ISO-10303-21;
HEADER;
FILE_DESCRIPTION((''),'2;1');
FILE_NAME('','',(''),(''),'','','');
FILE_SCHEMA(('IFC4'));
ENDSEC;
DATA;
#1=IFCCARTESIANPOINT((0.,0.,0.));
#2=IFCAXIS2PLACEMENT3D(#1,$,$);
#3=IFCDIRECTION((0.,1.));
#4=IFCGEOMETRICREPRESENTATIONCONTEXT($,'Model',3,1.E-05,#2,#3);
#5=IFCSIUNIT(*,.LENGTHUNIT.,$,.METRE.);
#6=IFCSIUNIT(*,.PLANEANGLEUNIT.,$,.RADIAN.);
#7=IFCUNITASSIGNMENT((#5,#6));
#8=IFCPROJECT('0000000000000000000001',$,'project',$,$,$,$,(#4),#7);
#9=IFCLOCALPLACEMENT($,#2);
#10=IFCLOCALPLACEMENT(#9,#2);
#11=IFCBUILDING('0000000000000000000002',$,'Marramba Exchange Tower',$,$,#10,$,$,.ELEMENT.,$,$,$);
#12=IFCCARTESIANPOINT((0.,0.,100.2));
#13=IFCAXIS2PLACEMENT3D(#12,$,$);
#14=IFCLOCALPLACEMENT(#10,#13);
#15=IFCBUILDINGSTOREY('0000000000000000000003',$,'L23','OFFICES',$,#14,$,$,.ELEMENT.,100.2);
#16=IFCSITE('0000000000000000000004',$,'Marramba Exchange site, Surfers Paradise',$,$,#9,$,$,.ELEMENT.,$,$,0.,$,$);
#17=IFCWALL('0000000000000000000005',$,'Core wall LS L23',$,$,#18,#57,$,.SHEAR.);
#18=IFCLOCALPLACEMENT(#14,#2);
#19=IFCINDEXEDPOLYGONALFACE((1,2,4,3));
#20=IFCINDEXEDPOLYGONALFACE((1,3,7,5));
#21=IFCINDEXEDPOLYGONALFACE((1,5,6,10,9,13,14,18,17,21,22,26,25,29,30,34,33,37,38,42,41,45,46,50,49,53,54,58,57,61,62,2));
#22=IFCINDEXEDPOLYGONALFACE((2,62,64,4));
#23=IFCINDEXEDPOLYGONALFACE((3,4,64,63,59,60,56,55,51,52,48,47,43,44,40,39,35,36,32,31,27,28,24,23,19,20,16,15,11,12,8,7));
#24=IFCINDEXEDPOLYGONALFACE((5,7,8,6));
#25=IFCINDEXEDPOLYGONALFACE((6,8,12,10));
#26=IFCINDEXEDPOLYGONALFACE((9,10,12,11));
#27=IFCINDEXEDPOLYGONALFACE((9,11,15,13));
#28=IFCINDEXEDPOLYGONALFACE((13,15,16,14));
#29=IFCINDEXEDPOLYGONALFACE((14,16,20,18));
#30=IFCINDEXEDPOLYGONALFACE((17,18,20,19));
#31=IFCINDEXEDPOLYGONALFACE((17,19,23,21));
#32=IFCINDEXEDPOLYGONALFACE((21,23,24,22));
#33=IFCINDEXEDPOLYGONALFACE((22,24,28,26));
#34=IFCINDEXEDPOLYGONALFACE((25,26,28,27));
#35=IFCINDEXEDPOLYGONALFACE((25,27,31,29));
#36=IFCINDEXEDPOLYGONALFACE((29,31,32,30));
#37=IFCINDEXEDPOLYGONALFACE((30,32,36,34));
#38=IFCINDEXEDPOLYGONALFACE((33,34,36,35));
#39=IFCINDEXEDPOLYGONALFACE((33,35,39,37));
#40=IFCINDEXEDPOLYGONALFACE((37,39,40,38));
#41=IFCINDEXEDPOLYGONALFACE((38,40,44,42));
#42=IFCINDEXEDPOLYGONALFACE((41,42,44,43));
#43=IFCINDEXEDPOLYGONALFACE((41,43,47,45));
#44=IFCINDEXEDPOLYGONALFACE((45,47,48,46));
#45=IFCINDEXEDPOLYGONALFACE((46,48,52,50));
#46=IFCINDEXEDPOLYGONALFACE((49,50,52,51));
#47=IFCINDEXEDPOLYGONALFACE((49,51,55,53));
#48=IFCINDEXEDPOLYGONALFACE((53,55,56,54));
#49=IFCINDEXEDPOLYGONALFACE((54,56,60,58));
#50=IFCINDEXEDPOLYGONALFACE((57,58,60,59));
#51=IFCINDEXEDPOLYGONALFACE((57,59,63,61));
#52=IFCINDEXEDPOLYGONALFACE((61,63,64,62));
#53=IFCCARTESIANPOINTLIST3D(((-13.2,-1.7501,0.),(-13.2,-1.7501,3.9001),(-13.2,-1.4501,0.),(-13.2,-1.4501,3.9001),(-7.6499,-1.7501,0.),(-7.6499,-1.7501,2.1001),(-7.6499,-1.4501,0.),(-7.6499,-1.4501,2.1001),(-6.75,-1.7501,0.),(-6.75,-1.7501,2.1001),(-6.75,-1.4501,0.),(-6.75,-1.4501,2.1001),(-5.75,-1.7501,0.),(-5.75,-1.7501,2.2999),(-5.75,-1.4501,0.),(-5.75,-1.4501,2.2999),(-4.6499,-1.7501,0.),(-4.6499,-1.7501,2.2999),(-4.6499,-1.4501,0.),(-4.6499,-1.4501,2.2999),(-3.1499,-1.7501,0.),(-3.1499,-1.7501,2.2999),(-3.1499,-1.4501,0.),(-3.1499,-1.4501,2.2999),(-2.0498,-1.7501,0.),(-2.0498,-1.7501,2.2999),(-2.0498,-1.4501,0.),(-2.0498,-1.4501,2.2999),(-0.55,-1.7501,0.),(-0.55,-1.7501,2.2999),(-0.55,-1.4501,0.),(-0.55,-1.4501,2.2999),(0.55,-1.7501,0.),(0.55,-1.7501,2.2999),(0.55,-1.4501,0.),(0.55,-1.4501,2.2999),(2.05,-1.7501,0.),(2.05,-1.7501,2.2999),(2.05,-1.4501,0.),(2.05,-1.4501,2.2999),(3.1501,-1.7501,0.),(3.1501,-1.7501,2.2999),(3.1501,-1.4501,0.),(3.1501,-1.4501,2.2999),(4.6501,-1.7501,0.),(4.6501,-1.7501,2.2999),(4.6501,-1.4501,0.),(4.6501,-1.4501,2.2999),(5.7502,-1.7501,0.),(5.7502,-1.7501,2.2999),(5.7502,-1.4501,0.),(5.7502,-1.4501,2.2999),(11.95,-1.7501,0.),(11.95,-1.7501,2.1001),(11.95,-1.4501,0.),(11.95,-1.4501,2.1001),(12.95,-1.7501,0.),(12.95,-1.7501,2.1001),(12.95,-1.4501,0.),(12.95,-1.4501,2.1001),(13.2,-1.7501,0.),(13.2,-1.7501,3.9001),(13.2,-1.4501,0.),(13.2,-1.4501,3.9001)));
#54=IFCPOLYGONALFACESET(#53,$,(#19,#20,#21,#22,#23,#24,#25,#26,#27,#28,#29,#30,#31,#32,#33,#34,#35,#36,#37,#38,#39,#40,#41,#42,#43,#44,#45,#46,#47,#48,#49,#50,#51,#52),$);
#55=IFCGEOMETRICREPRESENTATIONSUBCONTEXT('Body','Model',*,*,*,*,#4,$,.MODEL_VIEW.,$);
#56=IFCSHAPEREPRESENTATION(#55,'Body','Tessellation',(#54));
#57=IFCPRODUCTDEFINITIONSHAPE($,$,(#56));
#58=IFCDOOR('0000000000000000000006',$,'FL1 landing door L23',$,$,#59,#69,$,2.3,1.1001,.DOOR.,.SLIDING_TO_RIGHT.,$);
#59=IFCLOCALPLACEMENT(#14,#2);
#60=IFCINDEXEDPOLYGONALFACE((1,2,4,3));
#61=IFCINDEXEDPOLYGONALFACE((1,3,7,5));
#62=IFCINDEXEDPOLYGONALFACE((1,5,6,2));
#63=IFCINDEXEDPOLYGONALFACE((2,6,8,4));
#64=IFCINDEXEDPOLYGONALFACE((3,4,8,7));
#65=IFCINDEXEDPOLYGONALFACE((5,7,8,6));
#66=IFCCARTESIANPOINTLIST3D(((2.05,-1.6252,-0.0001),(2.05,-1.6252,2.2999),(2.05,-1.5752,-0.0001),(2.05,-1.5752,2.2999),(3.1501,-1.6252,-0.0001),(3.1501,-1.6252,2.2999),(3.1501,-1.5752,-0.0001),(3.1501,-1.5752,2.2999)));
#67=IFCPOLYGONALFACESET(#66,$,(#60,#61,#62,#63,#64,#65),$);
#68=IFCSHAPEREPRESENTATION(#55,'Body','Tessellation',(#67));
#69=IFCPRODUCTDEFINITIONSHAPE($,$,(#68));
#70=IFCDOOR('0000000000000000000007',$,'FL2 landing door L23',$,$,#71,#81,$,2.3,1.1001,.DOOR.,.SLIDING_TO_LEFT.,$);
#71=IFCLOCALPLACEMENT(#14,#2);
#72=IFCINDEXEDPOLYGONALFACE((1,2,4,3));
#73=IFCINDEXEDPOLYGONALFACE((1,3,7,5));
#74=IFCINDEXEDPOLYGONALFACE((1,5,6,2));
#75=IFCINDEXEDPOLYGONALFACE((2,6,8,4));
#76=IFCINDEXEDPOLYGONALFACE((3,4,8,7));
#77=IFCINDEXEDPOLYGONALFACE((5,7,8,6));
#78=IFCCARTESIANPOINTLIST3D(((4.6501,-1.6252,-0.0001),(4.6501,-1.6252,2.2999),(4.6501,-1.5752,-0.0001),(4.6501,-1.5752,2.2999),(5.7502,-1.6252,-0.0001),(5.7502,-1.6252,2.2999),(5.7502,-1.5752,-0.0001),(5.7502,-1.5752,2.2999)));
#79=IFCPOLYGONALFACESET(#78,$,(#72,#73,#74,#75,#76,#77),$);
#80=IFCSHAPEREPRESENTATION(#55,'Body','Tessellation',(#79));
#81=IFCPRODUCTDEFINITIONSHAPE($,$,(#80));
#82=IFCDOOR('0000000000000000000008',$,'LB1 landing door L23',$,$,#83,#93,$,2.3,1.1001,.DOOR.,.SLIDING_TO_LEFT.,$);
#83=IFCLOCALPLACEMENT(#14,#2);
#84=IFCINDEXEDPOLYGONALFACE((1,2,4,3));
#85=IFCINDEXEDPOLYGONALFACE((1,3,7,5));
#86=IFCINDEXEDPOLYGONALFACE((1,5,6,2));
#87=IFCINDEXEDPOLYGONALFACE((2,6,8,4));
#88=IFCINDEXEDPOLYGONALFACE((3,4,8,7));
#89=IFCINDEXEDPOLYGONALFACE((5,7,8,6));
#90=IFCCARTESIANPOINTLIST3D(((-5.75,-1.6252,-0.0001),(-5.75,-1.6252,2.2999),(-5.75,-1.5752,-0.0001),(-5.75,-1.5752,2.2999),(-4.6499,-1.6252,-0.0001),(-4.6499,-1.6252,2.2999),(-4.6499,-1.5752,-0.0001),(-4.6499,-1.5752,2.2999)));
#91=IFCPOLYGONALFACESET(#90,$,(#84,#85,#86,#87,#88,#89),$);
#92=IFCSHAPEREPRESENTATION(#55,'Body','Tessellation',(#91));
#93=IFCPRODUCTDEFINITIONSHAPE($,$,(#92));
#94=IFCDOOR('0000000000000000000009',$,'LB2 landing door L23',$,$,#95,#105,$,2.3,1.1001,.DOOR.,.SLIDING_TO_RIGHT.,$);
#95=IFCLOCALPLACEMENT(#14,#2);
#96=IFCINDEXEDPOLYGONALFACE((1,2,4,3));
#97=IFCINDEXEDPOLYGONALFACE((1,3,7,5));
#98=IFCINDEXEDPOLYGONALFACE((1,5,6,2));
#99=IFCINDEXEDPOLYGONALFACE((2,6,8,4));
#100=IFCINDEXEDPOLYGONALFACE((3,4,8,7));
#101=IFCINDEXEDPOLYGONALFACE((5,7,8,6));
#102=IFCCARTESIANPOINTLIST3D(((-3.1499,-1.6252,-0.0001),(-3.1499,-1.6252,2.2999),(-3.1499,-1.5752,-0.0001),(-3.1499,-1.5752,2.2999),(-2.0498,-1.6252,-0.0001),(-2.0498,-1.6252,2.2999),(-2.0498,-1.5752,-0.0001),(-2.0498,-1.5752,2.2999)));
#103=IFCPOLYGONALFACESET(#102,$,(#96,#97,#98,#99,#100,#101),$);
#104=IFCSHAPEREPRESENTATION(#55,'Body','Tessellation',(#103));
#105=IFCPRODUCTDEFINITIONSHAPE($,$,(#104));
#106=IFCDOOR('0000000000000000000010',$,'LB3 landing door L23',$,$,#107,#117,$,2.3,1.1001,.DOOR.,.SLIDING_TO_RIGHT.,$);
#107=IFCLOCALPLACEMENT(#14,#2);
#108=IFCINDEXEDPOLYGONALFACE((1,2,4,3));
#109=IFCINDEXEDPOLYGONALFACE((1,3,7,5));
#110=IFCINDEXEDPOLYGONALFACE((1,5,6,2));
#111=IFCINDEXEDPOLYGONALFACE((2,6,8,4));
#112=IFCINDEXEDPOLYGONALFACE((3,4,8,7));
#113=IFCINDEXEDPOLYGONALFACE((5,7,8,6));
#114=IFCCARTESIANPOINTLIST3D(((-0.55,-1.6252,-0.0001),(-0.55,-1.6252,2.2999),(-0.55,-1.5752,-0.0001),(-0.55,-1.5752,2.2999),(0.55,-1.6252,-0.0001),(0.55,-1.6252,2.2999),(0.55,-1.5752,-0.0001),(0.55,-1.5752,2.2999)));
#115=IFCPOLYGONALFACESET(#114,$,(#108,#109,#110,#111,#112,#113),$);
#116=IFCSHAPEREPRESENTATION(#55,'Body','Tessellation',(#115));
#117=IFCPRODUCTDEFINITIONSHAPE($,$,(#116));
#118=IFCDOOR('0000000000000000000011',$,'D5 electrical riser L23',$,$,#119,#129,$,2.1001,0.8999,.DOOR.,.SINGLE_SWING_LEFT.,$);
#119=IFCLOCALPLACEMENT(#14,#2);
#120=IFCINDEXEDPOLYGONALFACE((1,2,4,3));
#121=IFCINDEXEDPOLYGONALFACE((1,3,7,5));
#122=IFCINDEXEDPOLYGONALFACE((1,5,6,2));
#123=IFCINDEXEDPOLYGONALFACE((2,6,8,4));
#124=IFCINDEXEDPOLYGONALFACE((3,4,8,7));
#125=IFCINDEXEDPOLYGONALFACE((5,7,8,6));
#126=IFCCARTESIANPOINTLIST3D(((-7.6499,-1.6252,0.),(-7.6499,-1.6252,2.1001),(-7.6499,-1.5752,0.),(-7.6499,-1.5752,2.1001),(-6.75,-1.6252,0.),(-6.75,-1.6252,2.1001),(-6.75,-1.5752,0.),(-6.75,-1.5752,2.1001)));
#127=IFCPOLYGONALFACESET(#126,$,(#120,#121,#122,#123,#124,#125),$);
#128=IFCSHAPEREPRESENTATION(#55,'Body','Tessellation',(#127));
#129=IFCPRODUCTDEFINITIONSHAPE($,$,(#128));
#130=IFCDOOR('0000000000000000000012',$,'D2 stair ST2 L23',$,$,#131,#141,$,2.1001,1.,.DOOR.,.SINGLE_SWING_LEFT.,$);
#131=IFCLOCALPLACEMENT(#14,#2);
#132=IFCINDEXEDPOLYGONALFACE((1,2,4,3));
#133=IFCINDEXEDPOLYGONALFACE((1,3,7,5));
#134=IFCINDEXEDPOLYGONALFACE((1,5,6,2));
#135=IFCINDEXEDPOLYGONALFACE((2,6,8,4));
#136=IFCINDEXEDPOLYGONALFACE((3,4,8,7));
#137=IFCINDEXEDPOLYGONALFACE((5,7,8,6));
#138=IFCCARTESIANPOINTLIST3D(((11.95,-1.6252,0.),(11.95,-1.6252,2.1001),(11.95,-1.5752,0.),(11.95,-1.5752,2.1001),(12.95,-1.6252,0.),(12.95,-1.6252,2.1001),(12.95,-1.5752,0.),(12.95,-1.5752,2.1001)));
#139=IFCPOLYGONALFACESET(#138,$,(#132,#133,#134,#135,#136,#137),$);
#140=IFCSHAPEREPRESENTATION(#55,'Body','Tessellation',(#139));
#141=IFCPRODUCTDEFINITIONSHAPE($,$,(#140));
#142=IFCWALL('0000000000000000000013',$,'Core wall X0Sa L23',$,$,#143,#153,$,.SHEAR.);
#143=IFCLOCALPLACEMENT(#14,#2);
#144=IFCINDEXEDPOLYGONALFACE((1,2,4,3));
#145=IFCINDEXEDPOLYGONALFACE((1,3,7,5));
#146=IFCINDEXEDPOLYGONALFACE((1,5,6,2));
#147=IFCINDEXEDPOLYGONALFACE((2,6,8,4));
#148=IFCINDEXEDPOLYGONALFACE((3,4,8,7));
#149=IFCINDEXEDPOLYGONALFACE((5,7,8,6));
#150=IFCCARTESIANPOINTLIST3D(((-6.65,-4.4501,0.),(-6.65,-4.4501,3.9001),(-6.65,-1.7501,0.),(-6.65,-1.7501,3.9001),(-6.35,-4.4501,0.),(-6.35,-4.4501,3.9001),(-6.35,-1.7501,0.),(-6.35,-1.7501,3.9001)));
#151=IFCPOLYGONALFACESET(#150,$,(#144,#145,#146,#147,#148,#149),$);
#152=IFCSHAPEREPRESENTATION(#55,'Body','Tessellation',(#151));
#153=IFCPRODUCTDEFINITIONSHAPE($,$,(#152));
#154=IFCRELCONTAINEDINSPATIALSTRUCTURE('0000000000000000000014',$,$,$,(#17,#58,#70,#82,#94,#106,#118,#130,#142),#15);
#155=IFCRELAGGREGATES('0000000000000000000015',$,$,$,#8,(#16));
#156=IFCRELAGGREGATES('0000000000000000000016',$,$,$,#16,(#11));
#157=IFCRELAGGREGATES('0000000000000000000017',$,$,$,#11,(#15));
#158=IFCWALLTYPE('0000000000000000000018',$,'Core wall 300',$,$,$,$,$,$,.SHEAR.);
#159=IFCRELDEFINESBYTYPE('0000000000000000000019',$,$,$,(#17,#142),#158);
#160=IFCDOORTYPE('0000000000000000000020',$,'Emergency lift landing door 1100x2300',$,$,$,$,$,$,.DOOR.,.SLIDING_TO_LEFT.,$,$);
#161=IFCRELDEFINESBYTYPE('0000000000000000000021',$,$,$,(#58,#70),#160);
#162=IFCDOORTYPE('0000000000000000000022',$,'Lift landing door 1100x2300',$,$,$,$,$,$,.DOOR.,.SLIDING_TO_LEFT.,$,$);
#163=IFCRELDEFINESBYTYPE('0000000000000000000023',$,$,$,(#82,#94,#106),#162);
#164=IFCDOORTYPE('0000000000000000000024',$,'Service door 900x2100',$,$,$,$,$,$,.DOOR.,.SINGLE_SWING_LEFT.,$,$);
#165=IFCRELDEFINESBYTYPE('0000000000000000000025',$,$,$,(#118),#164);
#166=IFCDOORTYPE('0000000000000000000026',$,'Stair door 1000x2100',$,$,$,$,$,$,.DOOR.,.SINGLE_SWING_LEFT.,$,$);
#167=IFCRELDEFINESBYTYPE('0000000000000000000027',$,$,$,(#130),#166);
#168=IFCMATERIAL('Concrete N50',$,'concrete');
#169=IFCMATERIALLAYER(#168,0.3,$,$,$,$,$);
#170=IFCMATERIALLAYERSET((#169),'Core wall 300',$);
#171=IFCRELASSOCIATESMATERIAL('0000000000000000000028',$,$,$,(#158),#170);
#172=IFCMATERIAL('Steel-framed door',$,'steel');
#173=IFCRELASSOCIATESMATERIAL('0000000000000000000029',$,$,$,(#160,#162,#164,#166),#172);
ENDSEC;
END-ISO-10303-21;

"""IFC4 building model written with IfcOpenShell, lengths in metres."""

from ifc_helpers import new_model, si_unit, direction, frame, frame_2d, origin, place, context, subcontext, project, spatial, rectangle, extrude, material, layer, layer_set, type_object, element, fill, save


model = new_model("IFC4")

# Units and contexts
model_context = context("Model", 3, precision=1e-05, world=origin(), true_north=direction((0.0, 1.0)))
body_context = subcontext(model_context, "Body", "Model", "MODEL_VIEW")
ifc_project = project(units=[si_unit("LENGTHUNIT", "METRE"), si_unit("PLANEANGLEUNIT", "RADIAN")], contexts=[model_context])

# Site, building, storey
site_placement = place(None, origin())
site = spatial("IfcSite", under=ifc_project, at=site_placement, Name="Marramba Exchange site, Surfers Paradise", CompositionType="ELEMENT", RefElevation=0.0)
building_placement = place(site_placement, origin())
building = spatial("IfcBuilding", under=site, at=building_placement, Name="Marramba Exchange Tower", CompositionType="ELEMENT")
storey_placement = place(building_placement, frame((0.0, 0.0, 100.2)))
storey = spatial("IfcBuildingStorey", under=building, at=storey_placement, Name="L23", Description="OFFICES", CompositionType="ELEMENT", Elevation=100.2)

# Shared definitions
ifc_material_1 = material(Name="Concrete N50", Category="concrete")

# Wall, openings, doors
ifc_layer_1 = layer(ifc_material_1, 0.3)
ifc_layer_set_1 = layer_set([ifc_layer_1], Name="Core wall 300")
wall_type_1 = type_object("IfcWallType", Name="Core wall 300", PredefinedType="SHEAR", material=ifc_layer_set_1)
wall_1_placement = place(storey_placement, frame((-13.2, -1.6001, 0.0), z_axis=(0.0, 0.0, 1.0), x_axis=(1.0, 0.0, 0.0)))
wall_1 = element("IfcWall", 1, at=wall_1_placement, inside=storey, type_object=wall_type_1, Name="Core wall LS L23", PredefinedType="SHEAR", context=body_context, shape_type="SweptSolid", body=[
    extrude(rectangle(XDim=26.3999, YDim=0.3, at=frame_2d((13.2, 0.0))), origin(), (0.0, 0.0, 1.0), 3.9001),
])
opening_1_placement = place(wall_1_placement, frame((25.1499, 0.0, 0.0)))
opening_1 = element("IfcOpeningElement", 2, at=opening_1_placement, cuts=wall_1, PredefinedType="OPENING", context=body_context, shape_type="SweptSolid", body=[
    extrude(rectangle(XDim=1.0, YDim=2.1001, at=frame_2d((0.5, 1.05))), frame((0.0, 0.1599, 0.0), z_axis=(0.0, -1.0, 0.0), x_axis=(1.0, 0.0, 0.0)), (0.0, 0.0, 1.0), 0.3201),
])
opening_2_placement = place(wall_1_placement, frame((7.45, 0.0, 0.0)))
opening_2 = element("IfcOpeningElement", 3, at=opening_2_placement, cuts=wall_1, PredefinedType="OPENING", context=body_context, shape_type="SweptSolid", body=[
    extrude(rectangle(XDim=1.1001, YDim=2.3, at=frame_2d((0.55, 1.1499))), frame((0.0, 0.1599, 0.0), z_axis=(0.0, -1.0, 0.0), x_axis=(1.0, 0.0, 0.0)), (0.0, 0.0, 1.0), 0.3201),
])
opening_3_placement = place(wall_1_placement, frame((10.05, 0.0, 0.0)))
opening_3 = element("IfcOpeningElement", 4, at=opening_3_placement, cuts=wall_1, PredefinedType="OPENING", context=body_context, shape_type="SweptSolid", body=[
    extrude(rectangle(XDim=1.1001, YDim=2.3, at=frame_2d((0.55, 1.1499))), frame((0.0, 0.1599, 0.0), z_axis=(0.0, -1.0, 0.0), x_axis=(1.0, 0.0, 0.0)), (0.0, 0.0, 1.0), 0.3201),
])
opening_4_placement = place(wall_1_placement, frame((12.6499, 0.0, 0.0)))
opening_4 = element("IfcOpeningElement", 5, at=opening_4_placement, cuts=wall_1, PredefinedType="OPENING", context=body_context, shape_type="SweptSolid", body=[
    extrude(rectangle(XDim=1.1001, YDim=2.3, at=frame_2d((0.55, 1.1499))), frame((0.0, 0.1599, 0.0), z_axis=(0.0, -1.0, 0.0), x_axis=(1.0, 0.0, 0.0)), (0.0, 0.0, 1.0), 0.3201),
])
opening_5_placement = place(wall_1_placement, frame((15.25, 0.0, 0.0)))
opening_5 = element("IfcOpeningElement", 6, at=opening_5_placement, cuts=wall_1, PredefinedType="OPENING", context=body_context, shape_type="SweptSolid", body=[
    extrude(rectangle(XDim=1.1001, YDim=2.3, at=frame_2d((0.55, 1.1499))), frame((0.0, 0.1599, 0.0), z_axis=(0.0, -1.0, 0.0), x_axis=(1.0, 0.0, 0.0)), (0.0, 0.0, 1.0), 0.3201),
])
opening_6_placement = place(wall_1_placement, frame((17.8501, 0.0, 0.0)))
opening_6 = element("IfcOpeningElement", 7, at=opening_6_placement, cuts=wall_1, PredefinedType="OPENING", context=body_context, shape_type="SweptSolid", body=[
    extrude(rectangle(XDim=1.1001, YDim=2.3, at=frame_2d((0.55, 1.1499))), frame((0.0, 0.1599, 0.0), z_axis=(0.0, -1.0, 0.0), x_axis=(1.0, 0.0, 0.0)), (0.0, 0.0, 1.0), 0.3201),
])
opening_7_placement = place(wall_1_placement, frame((5.55, 0.0, 0.0)))
opening_7 = element("IfcOpeningElement", 8, at=opening_7_placement, cuts=wall_1, PredefinedType="OPENING", context=body_context, shape_type="SweptSolid", body=[
    extrude(rectangle(XDim=0.8999, YDim=2.1001, at=frame_2d((0.45, 1.05))), frame((0.0, 0.1599, 0.0), z_axis=(0.0, -1.0, 0.0), x_axis=(1.0, 0.0, 0.0)), (0.0, 0.0, 1.0), 0.3201),
])
ifc_material_2 = material(Name="Steel-framed door", Category="steel")
door_type_1 = type_object("IfcDoorType", Name="Emergency lift landing door 1100x2300", OperationType="SLIDING_TO_LEFT", PredefinedType="DOOR", material=ifc_material_2)
door_1_placement = place(opening_5_placement, frame((1.1001, 0.0, 0.0), z_axis=(0.0, 0.0, 1.0), x_axis=(-1.0, 0.0, 0.0)))
door_1 = element("IfcDoor", 9, at=door_1_placement, inside=storey, type_object=door_type_1, Name="FL1 landing door L23", OperationType="SLIDING_TO_RIGHT", OverallHeight=2.3, OverallWidth=1.1001, PredefinedType="DOOR", context=body_context, shape_type="SweptSolid", body=[
    extrude(rectangle(XDim=1.1001, YDim=2.3, at=frame_2d((0.55, 1.1499))), frame((0.0, 0.0251, 0.0), z_axis=(0.0, -1.0, 0.0), x_axis=(1.0, 0.0, 0.0)), (0.0, 0.0, 1.0), 0.05),
])
fill(opening_5, door_1)
door_2_placement = place(opening_6_placement, frame((1.1001, 0.0, 0.0), z_axis=(0.0, 0.0, 1.0), x_axis=(-1.0, 0.0, 0.0)))
door_2 = element("IfcDoor", 10, at=door_2_placement, inside=storey, type_object=door_type_1, Name="FL2 landing door L23", OperationType="SLIDING_TO_LEFT", OverallHeight=2.3, OverallWidth=1.1001, PredefinedType="DOOR", context=body_context, shape_type="SweptSolid", body=[
    extrude(rectangle(XDim=1.1001, YDim=2.3, at=frame_2d((0.55, 1.1499))), frame((0.0, 0.0251, 0.0), z_axis=(0.0, -1.0, 0.0), x_axis=(1.0, 0.0, 0.0)), (0.0, 0.0, 1.0), 0.05),
])
fill(opening_6, door_2)
door_type_2 = type_object("IfcDoorType", Name="Lift landing door 1100x2300", OperationType="SLIDING_TO_LEFT", PredefinedType="DOOR", material=ifc_material_2)
door_3_placement = place(opening_2_placement, frame((1.1001, 0.0, 0.0), z_axis=(0.0, 0.0, 1.0), x_axis=(-1.0, 0.0, 0.0)))
door_3 = element("IfcDoor", 11, at=door_3_placement, inside=storey, type_object=door_type_2, Name="LB1 landing door L23", OperationType="SLIDING_TO_LEFT", OverallHeight=2.3, OverallWidth=1.1001, PredefinedType="DOOR", context=body_context, shape_type="SweptSolid", body=[
    extrude(rectangle(XDim=1.1001, YDim=2.3, at=frame_2d((0.55, 1.1499))), frame((0.0, 0.0251, 0.0), z_axis=(0.0, -1.0, 0.0), x_axis=(1.0, 0.0, 0.0)), (0.0, 0.0, 1.0), 0.05),
])
fill(opening_2, door_3)
door_4_placement = place(opening_3_placement, frame((1.1001, 0.0, 0.0), z_axis=(0.0, 0.0, 1.0), x_axis=(-1.0, 0.0, 0.0)))
door_4 = element("IfcDoor", 12, at=door_4_placement, inside=storey, type_object=door_type_2, Name="LB2 landing door L23", OperationType="SLIDING_TO_RIGHT", OverallHeight=2.3, OverallWidth=1.1001, PredefinedType="DOOR", context=body_context, shape_type="SweptSolid", body=[
    extrude(rectangle(XDim=1.1001, YDim=2.3, at=frame_2d((0.55, 1.1499))), frame((0.0, 0.0251, 0.0), z_axis=(0.0, -1.0, 0.0), x_axis=(1.0, 0.0, 0.0)), (0.0, 0.0, 1.0), 0.05),
])
fill(opening_3, door_4)
door_5_placement = place(opening_4_placement, frame((1.1001, 0.0, 0.0), z_axis=(0.0, 0.0, 1.0), x_axis=(-1.0, 0.0, 0.0)))
door_5 = element("IfcDoor", 13, at=door_5_placement, inside=storey, type_object=door_type_2, Name="LB3 landing door L23", OperationType="SLIDING_TO_RIGHT", OverallHeight=2.3, OverallWidth=1.1001, PredefinedType="DOOR", context=body_context, shape_type="SweptSolid", body=[
    extrude(rectangle(XDim=1.1001, YDim=2.3, at=frame_2d((0.55, 1.1499))), frame((0.0, 0.0251, 0.0), z_axis=(0.0, -1.0, 0.0), x_axis=(1.0, 0.0, 0.0)), (0.0, 0.0, 1.0), 0.05),
])
fill(opening_4, door_5)
door_type_3 = type_object("IfcDoorType", Name="Service door 900x2100", OperationType="SINGLE_SWING_LEFT", PredefinedType="DOOR", material=ifc_material_2)
door_6_placement = place(opening_7_placement, frame((0.8999, 0.0, 0.0), z_axis=(0.0, 0.0, 1.0), x_axis=(-1.0, 0.0, 0.0)))
door_6 = element("IfcDoor", 14, at=door_6_placement, inside=storey, type_object=door_type_3, Name="D5 electrical riser L23", OperationType="SINGLE_SWING_LEFT", OverallHeight=2.1001, OverallWidth=0.8999, PredefinedType="DOOR", context=body_context, shape_type="SweptSolid", body=[
    extrude(rectangle(XDim=0.8999, YDim=2.1001, at=frame_2d((0.45, 1.05))), frame((0.0, 0.0251, 0.0), z_axis=(0.0, -1.0, 0.0), x_axis=(1.0, 0.0, 0.0)), (0.0, 0.0, 1.0), 0.05),
])
fill(opening_7, door_6)
door_type_4 = type_object("IfcDoorType", Name="Stair door 1000x2100", OperationType="SINGLE_SWING_LEFT", PredefinedType="DOOR", material=ifc_material_2)
door_7_placement = place(opening_1_placement, frame((1.0, 0.0, 0.0), z_axis=(0.0, 0.0, 1.0), x_axis=(-1.0, 0.0, 0.0)))
door_7 = element("IfcDoor", 15, at=door_7_placement, inside=storey, type_object=door_type_4, Name="D2 stair ST2 L23", OperationType="SINGLE_SWING_LEFT", OverallHeight=2.1001, OverallWidth=1.0, PredefinedType="DOOR", context=body_context, shape_type="SweptSolid", body=[
    extrude(rectangle(XDim=1.0, YDim=2.1001, at=frame_2d((0.5, 1.05))), frame((0.0, 0.0251, 0.0), z_axis=(0.0, -1.0, 0.0), x_axis=(1.0, 0.0, 0.0)), (0.0, 0.0, 1.0), 0.05),
])
fill(opening_1, door_7)

# Wall
wall_2_placement = place(storey_placement, frame((-6.5, -1.75, 0.0), z_axis=(0.0, 0.0, 1.0), x_axis=(0.0, -1.0, 0.0)))
element("IfcWall", 16, at=wall_2_placement, inside=storey, type_object=wall_type_1, Name="Core wall X0Sa L23", PredefinedType="SHEAR", context=body_context, shape_type="SweptSolid", body=[
    extrude(rectangle(XDim=2.7, YDim=0.3, at=frame_2d((1.3501, 0.0))), origin(), (0.0, 0.0, 1.0), 3.9001),
])

save(model, "model.ifc")
